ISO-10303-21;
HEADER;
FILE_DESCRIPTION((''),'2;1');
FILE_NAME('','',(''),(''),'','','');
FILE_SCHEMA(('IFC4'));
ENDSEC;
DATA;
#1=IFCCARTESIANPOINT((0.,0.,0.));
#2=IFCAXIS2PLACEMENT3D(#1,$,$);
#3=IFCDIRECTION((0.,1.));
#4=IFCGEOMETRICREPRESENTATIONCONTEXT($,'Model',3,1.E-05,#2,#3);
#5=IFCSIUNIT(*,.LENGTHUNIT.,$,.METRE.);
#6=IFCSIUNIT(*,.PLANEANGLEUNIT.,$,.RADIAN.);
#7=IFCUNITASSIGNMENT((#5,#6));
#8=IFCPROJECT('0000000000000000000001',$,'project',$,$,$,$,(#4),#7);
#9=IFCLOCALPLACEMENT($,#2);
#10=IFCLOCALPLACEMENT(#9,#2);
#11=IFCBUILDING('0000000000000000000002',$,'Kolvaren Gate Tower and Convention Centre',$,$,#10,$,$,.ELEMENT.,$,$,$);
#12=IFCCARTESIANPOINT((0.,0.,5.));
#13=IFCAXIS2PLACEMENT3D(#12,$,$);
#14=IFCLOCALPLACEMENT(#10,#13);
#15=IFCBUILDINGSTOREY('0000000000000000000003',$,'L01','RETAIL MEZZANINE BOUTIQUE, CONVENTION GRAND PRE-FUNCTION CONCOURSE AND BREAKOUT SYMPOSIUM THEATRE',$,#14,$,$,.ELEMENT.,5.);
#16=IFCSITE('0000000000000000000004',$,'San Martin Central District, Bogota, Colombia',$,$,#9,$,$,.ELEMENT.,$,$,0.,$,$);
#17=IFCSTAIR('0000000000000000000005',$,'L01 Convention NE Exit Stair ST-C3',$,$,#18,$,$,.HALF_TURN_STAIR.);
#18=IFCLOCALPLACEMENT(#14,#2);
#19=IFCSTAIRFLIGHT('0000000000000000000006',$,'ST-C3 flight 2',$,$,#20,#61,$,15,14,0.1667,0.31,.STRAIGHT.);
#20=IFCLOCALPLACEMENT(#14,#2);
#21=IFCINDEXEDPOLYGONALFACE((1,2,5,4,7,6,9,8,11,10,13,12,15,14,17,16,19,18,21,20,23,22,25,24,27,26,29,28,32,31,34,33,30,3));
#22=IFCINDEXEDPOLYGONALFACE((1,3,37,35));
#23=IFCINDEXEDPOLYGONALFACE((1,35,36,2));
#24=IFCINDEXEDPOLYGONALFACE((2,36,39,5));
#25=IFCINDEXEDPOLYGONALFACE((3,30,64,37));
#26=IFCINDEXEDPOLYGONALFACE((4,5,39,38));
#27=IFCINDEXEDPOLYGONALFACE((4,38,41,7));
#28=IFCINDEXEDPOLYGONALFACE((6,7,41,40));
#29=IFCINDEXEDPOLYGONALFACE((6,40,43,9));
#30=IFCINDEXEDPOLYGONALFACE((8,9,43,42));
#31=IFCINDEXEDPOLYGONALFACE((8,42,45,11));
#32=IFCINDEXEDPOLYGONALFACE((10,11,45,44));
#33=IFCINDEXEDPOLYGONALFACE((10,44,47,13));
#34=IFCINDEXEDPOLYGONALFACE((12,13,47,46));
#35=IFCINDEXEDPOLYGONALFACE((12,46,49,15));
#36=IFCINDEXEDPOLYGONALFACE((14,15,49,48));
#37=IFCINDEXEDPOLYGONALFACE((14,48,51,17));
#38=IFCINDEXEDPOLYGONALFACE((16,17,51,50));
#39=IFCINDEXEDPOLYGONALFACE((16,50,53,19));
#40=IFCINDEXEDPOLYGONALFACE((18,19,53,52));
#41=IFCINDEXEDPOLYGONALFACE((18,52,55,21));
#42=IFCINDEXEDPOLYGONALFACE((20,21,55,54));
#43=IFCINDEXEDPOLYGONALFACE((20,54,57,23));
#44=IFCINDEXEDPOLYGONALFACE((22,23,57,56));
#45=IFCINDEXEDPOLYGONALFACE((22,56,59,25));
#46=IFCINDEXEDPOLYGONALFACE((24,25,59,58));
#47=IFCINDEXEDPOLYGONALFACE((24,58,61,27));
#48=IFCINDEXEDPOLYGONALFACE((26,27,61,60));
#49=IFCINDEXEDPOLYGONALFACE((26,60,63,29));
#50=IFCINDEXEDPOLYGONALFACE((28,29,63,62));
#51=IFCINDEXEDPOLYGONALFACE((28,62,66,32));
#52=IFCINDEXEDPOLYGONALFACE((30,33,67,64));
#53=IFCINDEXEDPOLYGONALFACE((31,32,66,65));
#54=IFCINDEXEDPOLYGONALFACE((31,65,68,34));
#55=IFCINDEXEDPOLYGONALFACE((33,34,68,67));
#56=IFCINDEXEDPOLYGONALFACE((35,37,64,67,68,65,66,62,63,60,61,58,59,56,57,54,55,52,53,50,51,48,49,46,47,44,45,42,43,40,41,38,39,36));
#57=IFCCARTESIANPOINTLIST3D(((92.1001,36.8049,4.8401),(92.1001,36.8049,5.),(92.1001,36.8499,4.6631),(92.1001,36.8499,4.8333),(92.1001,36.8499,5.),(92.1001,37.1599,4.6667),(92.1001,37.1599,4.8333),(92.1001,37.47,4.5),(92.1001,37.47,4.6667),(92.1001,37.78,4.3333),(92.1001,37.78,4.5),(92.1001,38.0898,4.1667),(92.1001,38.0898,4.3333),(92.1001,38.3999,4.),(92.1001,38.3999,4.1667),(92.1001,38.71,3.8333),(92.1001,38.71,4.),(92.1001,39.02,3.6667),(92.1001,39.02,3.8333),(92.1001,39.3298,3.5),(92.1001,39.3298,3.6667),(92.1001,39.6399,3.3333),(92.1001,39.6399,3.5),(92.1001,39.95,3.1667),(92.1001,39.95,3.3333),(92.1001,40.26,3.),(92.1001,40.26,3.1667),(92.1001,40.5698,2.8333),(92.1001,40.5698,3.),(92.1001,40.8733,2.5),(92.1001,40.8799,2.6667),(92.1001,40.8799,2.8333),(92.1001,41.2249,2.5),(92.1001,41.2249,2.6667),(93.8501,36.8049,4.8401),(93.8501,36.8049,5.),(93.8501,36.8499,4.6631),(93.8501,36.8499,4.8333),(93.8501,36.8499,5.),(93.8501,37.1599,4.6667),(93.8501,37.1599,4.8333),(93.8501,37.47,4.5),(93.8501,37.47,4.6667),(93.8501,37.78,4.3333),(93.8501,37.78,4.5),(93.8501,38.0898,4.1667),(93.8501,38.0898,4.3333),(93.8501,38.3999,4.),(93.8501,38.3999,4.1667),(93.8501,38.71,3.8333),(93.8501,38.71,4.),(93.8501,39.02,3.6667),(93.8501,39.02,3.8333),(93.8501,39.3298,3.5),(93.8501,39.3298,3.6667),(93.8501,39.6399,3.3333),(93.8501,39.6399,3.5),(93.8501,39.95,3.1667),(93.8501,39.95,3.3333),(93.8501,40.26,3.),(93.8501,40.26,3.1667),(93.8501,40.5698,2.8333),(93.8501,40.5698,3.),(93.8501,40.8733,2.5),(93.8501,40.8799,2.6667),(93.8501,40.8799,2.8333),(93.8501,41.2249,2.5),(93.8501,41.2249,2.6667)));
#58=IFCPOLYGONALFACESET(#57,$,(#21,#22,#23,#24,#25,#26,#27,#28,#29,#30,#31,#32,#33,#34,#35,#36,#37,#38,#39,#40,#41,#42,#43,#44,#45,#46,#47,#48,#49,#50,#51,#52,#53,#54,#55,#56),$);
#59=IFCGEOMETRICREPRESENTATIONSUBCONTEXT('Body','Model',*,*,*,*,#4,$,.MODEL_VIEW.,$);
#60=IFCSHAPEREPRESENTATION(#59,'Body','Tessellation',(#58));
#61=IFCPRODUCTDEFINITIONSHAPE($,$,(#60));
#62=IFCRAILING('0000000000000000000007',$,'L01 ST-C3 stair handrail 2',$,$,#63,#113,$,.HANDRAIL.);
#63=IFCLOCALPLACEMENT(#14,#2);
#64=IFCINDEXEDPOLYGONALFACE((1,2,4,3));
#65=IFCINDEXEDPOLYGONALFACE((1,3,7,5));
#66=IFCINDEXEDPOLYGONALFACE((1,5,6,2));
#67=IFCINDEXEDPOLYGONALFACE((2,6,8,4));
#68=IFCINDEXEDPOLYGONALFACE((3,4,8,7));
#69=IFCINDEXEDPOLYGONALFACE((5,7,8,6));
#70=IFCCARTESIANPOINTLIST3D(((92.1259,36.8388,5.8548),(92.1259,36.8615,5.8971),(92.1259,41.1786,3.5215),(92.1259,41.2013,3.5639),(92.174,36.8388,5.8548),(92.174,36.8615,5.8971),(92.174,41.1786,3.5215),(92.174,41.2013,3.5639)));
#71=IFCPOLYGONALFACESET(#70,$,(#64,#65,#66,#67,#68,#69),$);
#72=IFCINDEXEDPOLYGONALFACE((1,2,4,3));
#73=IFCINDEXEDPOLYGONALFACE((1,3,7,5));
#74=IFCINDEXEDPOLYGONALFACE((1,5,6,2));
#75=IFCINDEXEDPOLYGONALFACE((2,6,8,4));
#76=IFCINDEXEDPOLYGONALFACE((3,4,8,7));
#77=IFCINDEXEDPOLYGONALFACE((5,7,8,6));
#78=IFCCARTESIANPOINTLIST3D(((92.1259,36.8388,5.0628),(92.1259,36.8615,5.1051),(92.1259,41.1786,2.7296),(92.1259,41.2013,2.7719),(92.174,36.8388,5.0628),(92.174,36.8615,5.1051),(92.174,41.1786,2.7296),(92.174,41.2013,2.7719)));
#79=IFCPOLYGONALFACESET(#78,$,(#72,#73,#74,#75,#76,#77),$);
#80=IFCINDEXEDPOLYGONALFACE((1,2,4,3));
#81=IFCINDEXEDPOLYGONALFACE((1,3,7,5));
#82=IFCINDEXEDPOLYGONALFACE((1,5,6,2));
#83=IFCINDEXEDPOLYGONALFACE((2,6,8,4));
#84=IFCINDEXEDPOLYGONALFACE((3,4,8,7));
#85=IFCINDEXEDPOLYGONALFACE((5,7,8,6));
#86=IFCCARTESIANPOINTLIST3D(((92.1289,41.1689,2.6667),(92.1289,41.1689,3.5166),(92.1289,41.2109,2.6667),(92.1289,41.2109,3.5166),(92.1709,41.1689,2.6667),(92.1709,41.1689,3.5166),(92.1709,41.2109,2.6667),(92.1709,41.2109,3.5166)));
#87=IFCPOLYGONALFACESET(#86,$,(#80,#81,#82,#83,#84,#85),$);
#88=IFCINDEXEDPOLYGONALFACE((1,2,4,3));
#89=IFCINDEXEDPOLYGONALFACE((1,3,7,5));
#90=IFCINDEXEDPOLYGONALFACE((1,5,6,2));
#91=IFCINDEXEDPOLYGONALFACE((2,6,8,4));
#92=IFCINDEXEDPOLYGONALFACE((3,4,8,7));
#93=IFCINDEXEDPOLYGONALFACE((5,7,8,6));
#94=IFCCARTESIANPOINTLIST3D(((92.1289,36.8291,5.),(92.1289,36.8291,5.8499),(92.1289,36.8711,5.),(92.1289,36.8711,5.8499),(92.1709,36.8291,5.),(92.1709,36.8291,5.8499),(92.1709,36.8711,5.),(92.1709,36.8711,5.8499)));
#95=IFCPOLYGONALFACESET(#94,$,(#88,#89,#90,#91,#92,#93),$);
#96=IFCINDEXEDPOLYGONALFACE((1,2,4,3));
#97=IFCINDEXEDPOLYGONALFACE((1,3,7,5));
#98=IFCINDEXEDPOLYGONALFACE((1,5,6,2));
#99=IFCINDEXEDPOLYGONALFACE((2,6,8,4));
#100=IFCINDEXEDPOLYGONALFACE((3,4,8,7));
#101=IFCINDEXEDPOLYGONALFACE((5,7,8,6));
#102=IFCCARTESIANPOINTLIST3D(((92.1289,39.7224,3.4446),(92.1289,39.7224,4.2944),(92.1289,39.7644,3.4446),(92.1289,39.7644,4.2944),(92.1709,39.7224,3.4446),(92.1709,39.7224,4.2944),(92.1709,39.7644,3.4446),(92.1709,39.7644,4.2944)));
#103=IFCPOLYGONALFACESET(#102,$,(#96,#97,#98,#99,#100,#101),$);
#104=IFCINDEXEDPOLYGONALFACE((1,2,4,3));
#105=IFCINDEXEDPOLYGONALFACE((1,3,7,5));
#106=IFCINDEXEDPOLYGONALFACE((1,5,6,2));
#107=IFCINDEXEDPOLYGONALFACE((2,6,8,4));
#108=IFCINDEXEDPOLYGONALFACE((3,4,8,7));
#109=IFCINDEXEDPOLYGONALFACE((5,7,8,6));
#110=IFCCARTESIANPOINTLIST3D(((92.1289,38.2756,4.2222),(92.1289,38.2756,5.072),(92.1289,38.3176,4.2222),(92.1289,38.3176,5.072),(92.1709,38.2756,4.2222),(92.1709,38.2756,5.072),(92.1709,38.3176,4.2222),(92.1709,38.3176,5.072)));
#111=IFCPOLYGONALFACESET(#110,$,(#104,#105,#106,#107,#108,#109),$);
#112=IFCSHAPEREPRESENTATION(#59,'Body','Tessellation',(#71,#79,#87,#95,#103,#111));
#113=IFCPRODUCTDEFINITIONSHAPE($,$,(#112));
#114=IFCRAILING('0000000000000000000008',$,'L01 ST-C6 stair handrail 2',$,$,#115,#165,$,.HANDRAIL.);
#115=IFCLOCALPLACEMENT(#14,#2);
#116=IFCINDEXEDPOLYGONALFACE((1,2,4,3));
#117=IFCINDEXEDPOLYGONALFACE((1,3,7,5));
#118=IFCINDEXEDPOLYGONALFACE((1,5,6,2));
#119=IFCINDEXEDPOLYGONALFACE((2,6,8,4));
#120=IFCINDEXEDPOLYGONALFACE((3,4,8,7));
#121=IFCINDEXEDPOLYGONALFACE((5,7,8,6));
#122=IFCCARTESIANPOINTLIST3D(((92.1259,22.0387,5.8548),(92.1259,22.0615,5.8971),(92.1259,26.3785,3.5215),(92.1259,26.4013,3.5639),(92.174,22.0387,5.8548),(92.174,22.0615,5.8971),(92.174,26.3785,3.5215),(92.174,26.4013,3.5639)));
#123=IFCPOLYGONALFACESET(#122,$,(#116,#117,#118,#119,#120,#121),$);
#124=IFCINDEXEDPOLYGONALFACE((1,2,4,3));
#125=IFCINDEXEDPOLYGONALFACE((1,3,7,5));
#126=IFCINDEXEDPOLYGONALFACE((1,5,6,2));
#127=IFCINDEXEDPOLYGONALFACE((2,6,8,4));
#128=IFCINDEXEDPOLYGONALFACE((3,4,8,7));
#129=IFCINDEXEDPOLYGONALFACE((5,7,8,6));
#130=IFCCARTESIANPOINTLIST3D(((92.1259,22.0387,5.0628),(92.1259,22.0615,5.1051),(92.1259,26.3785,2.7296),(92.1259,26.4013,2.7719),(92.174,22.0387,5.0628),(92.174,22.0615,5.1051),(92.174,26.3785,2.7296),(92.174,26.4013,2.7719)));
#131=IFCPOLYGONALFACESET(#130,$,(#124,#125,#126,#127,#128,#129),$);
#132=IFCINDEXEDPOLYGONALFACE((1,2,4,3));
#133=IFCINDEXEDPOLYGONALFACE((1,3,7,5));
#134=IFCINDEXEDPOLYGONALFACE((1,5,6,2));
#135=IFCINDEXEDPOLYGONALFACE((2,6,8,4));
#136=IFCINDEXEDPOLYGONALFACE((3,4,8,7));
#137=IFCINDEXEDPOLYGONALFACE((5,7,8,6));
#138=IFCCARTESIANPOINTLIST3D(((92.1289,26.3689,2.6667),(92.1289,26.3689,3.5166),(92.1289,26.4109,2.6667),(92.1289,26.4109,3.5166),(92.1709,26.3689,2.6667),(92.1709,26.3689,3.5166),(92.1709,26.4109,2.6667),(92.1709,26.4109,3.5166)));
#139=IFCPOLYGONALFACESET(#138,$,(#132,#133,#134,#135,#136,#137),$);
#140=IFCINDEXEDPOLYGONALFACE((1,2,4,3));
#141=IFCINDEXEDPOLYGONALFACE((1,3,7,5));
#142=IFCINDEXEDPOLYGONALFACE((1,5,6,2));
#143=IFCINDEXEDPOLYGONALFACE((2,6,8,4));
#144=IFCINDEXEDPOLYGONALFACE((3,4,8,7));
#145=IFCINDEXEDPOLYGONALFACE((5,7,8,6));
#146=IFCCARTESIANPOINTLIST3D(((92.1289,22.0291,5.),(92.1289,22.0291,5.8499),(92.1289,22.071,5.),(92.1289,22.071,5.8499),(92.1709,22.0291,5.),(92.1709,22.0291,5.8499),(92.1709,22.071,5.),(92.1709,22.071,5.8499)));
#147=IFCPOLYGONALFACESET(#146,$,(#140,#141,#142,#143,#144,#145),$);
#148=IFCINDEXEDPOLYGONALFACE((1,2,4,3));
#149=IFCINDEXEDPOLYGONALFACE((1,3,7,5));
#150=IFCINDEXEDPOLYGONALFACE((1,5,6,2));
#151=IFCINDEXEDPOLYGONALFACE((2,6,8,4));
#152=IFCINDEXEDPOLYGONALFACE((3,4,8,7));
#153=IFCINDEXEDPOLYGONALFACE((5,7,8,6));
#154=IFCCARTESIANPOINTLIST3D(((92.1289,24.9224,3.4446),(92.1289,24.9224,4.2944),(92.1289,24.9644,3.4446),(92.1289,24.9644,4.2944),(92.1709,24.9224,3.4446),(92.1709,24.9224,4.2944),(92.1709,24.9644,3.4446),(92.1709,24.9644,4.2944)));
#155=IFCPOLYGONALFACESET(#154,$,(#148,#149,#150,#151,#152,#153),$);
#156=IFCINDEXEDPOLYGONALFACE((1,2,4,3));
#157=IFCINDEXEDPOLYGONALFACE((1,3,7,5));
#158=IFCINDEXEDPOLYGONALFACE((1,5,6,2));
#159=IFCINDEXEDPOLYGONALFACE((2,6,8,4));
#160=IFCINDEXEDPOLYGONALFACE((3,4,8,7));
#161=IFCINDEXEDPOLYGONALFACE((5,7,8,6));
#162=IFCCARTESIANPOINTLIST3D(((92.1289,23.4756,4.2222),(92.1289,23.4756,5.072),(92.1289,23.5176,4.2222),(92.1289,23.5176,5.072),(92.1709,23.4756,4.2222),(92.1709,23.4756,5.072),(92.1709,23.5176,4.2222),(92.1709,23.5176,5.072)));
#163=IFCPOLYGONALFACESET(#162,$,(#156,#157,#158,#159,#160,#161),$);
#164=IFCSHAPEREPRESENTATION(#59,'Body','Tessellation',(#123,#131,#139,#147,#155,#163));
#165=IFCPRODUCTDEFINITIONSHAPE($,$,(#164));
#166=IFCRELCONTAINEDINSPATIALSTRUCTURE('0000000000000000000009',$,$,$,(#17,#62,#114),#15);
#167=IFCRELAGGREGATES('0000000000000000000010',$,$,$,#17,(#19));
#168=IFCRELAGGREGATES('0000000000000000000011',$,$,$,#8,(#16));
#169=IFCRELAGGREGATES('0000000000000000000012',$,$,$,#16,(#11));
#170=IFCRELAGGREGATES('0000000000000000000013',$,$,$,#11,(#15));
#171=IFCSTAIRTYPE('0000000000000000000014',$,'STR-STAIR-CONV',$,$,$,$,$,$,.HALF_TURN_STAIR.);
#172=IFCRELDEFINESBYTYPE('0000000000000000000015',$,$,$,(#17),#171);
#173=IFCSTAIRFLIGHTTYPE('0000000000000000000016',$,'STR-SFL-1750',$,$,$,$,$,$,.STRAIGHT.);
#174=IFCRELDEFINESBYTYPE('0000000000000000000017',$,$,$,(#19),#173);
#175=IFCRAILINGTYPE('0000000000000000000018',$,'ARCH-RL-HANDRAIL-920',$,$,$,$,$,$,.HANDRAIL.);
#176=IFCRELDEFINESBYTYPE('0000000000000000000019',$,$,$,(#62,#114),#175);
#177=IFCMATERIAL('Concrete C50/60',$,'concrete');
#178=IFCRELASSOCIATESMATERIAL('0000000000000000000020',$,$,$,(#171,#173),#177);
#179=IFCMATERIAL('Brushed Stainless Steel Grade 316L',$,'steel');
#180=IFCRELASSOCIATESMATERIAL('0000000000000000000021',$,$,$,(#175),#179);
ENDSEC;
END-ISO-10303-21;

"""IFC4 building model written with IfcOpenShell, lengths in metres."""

from ifc_helpers import new_model, si_unit, direction, frame, origin, origin_2d, place, context, subcontext, project, spatial, polyline, rectangle, outline, extrude, material, type_object, element, aggregate, save


model = new_model("IFC4")

# Units and contexts
model_context = context("Model", 3, precision=1e-05, world=origin(), true_north=direction((0.0, 1.0)))
body_context = subcontext(model_context, "Body", "Model", "MODEL_VIEW")
ifc_project = project(units=[si_unit("LENGTHUNIT", "METRE"), si_unit("PLANEANGLEUNIT", "RADIAN")], contexts=[model_context])

# Site, building, storey
site_placement = place(None, origin())
site = spatial("IfcSite", under=ifc_project, at=site_placement, Name="San Martin Central District, Bogota, Colombia", CompositionType="ELEMENT", RefElevation=0.0)
building_placement = place(site_placement, origin())
building = spatial("IfcBuilding", under=site, at=building_placement, Name="Kolvaren Gate Tower and Convention Centre", CompositionType="ELEMENT")
storey_placement = place(building_placement, frame((0.0, 0.0, 5.0)))
storey = spatial("IfcBuildingStorey", under=building, at=storey_placement, Name="L01", Description="RETAIL MEZZANINE BOUTIQUE, CONVENTION GRAND PRE-FUNCTION CONCOURSE AND BREAKOUT SYMPOSIUM THEATRE", CompositionType="ELEMENT", Elevation=5.0)

# Shared definitions
ifc_material_1 = material(Name="Concrete C50/60", Category="concrete")

# Stair, stair flight
stair_type = type_object("IfcStairType", Name="STR-STAIR-CONV", PredefinedType="HALF_TURN_STAIR", material=ifc_material_1)
stair_placement = place(storey_placement, origin())
stair = element("IfcStair", 1, at=stair_placement, inside=storey, type_object=stair_type, Name="L01 Convention NE Exit Stair ST-C3", PredefinedType="HALF_TURN_STAIR")
stair_flight_type = type_object("IfcStairFlightType", Name="STR-SFL-1750", PredefinedType="STRAIGHT", material=ifc_material_1)
stair_flight_placement = place(storey_placement, frame((92.9751, 41.1899, 2.5), z_axis=(0.0, 0.0, 1.0), x_axis=(0.0, -1.0, 0.0)))
stair_flight = element("IfcStairFlight", 2, at=stair_flight_placement, type_object=stair_flight_type, Name="ST-C3 flight 2", NumberOfRisers=15, NumberOfTreads=14, PredefinedType="STRAIGHT", RiserHeight=0.1667, TreadLength=0.31, context=body_context, shape_type="SweptSolid", body=[
    extrude(outline(polyline([(-0.0349, 0.0), (-0.0349, 0.1667), (0.3101, 0.1667), (0.3101, 0.3333), (0.6201, 0.3333), (0.6201, 0.5), (0.9299, 0.5), (0.9299, 0.6667), (1.24, 0.6667), (1.24, 0.8333), (1.55, 0.8333), (1.55, 1.0), (1.8601, 1.0), (1.8601, 1.1667), (2.1699, 1.1667), (2.1699, 1.3333), (2.48, 1.3333), (2.48, 1.5), (2.79, 1.5), (2.79, 1.6667), (3.1001, 1.6667), (3.1001, 1.8333), (3.4099, 1.8333), (3.4099, 2.0), (3.72, 2.0), (3.72, 2.1667), (4.03, 2.1667), (4.03, 2.3333), (4.3401, 2.3333), (4.3401, 2.5), (4.385, 2.5), (4.385, 2.3401), (4.3401, 2.1631), (0.3167, 0.0), (-0.0349, 0.0)])), frame((0.0, 0.875, 0.0), z_axis=(0.0, -1.0, 0.0), x_axis=(1.0, 0.0, 0.0)), (0.0, 0.0, 1.0), 1.75),
])
aggregate(stair, [stair_flight])

# Railings
ifc_material_2 = material(Name="Brushed Stainless Steel Grade 316L", Category="steel")
railing_type = type_object("IfcRailingType", Name="ARCH-RL-HANDRAIL-920", PredefinedType="HANDRAIL", material=ifc_material_2)
for number, where, name in (
    (3, (92.1499, 41.1899, 2.6667), "L01 ST-C3 stair handrail 2"),
    (4, (92.1499, 26.3899, 2.6667), "L01 ST-C6 stair handrail 2"),
):
    element("IfcRailing", number, at=place(storey_placement, frame(where)), inside=storey, type_object=railing_type, Name=name, PredefinedType="HANDRAIL", context=body_context, shape_type="SweptSolid", body=[
        extrude(rectangle(XDim=0.0481, YDim=0.0481, at=origin_2d()), frame((0.0, 0.0, 0.876), z_axis=(0.0, -0.880775, 0.473535), x_axis=(1.0, 0.0, 0.0)), (0.0, 0.0, 1.0), 4.9272),
        extrude(rectangle(XDim=0.0481, YDim=0.0481, at=origin_2d()), frame((0.0, 0.0, 0.084), z_axis=(0.0, -0.880775, 0.473535), x_axis=(1.0, 0.0, 0.0)), (0.0, 0.0, 1.0), 4.9272),
        extrude(rectangle(XDim=0.042, YDim=0.042, at=origin_2d()), origin(), (0.0, 0.0, 1.0), 0.8499),
        extrude(rectangle(XDim=0.042, YDim=0.042, at=origin_2d()), frame((0.0, -4.3398, 2.3333)), (0.0, 0.0, 1.0), 0.8499),
        extrude(rectangle(XDim=0.042, YDim=0.042, at=origin_2d()), frame((0.0, -1.4465, 0.7778)), (0.0, 0.0, 1.0), 0.8499),
        extrude(rectangle(XDim=0.042, YDim=0.042, at=origin_2d()), frame((0.0, -2.8933, 1.5554)), (0.0, 0.0, 1.0), 0.8499),
    ])

save(model, "model.ifc")
